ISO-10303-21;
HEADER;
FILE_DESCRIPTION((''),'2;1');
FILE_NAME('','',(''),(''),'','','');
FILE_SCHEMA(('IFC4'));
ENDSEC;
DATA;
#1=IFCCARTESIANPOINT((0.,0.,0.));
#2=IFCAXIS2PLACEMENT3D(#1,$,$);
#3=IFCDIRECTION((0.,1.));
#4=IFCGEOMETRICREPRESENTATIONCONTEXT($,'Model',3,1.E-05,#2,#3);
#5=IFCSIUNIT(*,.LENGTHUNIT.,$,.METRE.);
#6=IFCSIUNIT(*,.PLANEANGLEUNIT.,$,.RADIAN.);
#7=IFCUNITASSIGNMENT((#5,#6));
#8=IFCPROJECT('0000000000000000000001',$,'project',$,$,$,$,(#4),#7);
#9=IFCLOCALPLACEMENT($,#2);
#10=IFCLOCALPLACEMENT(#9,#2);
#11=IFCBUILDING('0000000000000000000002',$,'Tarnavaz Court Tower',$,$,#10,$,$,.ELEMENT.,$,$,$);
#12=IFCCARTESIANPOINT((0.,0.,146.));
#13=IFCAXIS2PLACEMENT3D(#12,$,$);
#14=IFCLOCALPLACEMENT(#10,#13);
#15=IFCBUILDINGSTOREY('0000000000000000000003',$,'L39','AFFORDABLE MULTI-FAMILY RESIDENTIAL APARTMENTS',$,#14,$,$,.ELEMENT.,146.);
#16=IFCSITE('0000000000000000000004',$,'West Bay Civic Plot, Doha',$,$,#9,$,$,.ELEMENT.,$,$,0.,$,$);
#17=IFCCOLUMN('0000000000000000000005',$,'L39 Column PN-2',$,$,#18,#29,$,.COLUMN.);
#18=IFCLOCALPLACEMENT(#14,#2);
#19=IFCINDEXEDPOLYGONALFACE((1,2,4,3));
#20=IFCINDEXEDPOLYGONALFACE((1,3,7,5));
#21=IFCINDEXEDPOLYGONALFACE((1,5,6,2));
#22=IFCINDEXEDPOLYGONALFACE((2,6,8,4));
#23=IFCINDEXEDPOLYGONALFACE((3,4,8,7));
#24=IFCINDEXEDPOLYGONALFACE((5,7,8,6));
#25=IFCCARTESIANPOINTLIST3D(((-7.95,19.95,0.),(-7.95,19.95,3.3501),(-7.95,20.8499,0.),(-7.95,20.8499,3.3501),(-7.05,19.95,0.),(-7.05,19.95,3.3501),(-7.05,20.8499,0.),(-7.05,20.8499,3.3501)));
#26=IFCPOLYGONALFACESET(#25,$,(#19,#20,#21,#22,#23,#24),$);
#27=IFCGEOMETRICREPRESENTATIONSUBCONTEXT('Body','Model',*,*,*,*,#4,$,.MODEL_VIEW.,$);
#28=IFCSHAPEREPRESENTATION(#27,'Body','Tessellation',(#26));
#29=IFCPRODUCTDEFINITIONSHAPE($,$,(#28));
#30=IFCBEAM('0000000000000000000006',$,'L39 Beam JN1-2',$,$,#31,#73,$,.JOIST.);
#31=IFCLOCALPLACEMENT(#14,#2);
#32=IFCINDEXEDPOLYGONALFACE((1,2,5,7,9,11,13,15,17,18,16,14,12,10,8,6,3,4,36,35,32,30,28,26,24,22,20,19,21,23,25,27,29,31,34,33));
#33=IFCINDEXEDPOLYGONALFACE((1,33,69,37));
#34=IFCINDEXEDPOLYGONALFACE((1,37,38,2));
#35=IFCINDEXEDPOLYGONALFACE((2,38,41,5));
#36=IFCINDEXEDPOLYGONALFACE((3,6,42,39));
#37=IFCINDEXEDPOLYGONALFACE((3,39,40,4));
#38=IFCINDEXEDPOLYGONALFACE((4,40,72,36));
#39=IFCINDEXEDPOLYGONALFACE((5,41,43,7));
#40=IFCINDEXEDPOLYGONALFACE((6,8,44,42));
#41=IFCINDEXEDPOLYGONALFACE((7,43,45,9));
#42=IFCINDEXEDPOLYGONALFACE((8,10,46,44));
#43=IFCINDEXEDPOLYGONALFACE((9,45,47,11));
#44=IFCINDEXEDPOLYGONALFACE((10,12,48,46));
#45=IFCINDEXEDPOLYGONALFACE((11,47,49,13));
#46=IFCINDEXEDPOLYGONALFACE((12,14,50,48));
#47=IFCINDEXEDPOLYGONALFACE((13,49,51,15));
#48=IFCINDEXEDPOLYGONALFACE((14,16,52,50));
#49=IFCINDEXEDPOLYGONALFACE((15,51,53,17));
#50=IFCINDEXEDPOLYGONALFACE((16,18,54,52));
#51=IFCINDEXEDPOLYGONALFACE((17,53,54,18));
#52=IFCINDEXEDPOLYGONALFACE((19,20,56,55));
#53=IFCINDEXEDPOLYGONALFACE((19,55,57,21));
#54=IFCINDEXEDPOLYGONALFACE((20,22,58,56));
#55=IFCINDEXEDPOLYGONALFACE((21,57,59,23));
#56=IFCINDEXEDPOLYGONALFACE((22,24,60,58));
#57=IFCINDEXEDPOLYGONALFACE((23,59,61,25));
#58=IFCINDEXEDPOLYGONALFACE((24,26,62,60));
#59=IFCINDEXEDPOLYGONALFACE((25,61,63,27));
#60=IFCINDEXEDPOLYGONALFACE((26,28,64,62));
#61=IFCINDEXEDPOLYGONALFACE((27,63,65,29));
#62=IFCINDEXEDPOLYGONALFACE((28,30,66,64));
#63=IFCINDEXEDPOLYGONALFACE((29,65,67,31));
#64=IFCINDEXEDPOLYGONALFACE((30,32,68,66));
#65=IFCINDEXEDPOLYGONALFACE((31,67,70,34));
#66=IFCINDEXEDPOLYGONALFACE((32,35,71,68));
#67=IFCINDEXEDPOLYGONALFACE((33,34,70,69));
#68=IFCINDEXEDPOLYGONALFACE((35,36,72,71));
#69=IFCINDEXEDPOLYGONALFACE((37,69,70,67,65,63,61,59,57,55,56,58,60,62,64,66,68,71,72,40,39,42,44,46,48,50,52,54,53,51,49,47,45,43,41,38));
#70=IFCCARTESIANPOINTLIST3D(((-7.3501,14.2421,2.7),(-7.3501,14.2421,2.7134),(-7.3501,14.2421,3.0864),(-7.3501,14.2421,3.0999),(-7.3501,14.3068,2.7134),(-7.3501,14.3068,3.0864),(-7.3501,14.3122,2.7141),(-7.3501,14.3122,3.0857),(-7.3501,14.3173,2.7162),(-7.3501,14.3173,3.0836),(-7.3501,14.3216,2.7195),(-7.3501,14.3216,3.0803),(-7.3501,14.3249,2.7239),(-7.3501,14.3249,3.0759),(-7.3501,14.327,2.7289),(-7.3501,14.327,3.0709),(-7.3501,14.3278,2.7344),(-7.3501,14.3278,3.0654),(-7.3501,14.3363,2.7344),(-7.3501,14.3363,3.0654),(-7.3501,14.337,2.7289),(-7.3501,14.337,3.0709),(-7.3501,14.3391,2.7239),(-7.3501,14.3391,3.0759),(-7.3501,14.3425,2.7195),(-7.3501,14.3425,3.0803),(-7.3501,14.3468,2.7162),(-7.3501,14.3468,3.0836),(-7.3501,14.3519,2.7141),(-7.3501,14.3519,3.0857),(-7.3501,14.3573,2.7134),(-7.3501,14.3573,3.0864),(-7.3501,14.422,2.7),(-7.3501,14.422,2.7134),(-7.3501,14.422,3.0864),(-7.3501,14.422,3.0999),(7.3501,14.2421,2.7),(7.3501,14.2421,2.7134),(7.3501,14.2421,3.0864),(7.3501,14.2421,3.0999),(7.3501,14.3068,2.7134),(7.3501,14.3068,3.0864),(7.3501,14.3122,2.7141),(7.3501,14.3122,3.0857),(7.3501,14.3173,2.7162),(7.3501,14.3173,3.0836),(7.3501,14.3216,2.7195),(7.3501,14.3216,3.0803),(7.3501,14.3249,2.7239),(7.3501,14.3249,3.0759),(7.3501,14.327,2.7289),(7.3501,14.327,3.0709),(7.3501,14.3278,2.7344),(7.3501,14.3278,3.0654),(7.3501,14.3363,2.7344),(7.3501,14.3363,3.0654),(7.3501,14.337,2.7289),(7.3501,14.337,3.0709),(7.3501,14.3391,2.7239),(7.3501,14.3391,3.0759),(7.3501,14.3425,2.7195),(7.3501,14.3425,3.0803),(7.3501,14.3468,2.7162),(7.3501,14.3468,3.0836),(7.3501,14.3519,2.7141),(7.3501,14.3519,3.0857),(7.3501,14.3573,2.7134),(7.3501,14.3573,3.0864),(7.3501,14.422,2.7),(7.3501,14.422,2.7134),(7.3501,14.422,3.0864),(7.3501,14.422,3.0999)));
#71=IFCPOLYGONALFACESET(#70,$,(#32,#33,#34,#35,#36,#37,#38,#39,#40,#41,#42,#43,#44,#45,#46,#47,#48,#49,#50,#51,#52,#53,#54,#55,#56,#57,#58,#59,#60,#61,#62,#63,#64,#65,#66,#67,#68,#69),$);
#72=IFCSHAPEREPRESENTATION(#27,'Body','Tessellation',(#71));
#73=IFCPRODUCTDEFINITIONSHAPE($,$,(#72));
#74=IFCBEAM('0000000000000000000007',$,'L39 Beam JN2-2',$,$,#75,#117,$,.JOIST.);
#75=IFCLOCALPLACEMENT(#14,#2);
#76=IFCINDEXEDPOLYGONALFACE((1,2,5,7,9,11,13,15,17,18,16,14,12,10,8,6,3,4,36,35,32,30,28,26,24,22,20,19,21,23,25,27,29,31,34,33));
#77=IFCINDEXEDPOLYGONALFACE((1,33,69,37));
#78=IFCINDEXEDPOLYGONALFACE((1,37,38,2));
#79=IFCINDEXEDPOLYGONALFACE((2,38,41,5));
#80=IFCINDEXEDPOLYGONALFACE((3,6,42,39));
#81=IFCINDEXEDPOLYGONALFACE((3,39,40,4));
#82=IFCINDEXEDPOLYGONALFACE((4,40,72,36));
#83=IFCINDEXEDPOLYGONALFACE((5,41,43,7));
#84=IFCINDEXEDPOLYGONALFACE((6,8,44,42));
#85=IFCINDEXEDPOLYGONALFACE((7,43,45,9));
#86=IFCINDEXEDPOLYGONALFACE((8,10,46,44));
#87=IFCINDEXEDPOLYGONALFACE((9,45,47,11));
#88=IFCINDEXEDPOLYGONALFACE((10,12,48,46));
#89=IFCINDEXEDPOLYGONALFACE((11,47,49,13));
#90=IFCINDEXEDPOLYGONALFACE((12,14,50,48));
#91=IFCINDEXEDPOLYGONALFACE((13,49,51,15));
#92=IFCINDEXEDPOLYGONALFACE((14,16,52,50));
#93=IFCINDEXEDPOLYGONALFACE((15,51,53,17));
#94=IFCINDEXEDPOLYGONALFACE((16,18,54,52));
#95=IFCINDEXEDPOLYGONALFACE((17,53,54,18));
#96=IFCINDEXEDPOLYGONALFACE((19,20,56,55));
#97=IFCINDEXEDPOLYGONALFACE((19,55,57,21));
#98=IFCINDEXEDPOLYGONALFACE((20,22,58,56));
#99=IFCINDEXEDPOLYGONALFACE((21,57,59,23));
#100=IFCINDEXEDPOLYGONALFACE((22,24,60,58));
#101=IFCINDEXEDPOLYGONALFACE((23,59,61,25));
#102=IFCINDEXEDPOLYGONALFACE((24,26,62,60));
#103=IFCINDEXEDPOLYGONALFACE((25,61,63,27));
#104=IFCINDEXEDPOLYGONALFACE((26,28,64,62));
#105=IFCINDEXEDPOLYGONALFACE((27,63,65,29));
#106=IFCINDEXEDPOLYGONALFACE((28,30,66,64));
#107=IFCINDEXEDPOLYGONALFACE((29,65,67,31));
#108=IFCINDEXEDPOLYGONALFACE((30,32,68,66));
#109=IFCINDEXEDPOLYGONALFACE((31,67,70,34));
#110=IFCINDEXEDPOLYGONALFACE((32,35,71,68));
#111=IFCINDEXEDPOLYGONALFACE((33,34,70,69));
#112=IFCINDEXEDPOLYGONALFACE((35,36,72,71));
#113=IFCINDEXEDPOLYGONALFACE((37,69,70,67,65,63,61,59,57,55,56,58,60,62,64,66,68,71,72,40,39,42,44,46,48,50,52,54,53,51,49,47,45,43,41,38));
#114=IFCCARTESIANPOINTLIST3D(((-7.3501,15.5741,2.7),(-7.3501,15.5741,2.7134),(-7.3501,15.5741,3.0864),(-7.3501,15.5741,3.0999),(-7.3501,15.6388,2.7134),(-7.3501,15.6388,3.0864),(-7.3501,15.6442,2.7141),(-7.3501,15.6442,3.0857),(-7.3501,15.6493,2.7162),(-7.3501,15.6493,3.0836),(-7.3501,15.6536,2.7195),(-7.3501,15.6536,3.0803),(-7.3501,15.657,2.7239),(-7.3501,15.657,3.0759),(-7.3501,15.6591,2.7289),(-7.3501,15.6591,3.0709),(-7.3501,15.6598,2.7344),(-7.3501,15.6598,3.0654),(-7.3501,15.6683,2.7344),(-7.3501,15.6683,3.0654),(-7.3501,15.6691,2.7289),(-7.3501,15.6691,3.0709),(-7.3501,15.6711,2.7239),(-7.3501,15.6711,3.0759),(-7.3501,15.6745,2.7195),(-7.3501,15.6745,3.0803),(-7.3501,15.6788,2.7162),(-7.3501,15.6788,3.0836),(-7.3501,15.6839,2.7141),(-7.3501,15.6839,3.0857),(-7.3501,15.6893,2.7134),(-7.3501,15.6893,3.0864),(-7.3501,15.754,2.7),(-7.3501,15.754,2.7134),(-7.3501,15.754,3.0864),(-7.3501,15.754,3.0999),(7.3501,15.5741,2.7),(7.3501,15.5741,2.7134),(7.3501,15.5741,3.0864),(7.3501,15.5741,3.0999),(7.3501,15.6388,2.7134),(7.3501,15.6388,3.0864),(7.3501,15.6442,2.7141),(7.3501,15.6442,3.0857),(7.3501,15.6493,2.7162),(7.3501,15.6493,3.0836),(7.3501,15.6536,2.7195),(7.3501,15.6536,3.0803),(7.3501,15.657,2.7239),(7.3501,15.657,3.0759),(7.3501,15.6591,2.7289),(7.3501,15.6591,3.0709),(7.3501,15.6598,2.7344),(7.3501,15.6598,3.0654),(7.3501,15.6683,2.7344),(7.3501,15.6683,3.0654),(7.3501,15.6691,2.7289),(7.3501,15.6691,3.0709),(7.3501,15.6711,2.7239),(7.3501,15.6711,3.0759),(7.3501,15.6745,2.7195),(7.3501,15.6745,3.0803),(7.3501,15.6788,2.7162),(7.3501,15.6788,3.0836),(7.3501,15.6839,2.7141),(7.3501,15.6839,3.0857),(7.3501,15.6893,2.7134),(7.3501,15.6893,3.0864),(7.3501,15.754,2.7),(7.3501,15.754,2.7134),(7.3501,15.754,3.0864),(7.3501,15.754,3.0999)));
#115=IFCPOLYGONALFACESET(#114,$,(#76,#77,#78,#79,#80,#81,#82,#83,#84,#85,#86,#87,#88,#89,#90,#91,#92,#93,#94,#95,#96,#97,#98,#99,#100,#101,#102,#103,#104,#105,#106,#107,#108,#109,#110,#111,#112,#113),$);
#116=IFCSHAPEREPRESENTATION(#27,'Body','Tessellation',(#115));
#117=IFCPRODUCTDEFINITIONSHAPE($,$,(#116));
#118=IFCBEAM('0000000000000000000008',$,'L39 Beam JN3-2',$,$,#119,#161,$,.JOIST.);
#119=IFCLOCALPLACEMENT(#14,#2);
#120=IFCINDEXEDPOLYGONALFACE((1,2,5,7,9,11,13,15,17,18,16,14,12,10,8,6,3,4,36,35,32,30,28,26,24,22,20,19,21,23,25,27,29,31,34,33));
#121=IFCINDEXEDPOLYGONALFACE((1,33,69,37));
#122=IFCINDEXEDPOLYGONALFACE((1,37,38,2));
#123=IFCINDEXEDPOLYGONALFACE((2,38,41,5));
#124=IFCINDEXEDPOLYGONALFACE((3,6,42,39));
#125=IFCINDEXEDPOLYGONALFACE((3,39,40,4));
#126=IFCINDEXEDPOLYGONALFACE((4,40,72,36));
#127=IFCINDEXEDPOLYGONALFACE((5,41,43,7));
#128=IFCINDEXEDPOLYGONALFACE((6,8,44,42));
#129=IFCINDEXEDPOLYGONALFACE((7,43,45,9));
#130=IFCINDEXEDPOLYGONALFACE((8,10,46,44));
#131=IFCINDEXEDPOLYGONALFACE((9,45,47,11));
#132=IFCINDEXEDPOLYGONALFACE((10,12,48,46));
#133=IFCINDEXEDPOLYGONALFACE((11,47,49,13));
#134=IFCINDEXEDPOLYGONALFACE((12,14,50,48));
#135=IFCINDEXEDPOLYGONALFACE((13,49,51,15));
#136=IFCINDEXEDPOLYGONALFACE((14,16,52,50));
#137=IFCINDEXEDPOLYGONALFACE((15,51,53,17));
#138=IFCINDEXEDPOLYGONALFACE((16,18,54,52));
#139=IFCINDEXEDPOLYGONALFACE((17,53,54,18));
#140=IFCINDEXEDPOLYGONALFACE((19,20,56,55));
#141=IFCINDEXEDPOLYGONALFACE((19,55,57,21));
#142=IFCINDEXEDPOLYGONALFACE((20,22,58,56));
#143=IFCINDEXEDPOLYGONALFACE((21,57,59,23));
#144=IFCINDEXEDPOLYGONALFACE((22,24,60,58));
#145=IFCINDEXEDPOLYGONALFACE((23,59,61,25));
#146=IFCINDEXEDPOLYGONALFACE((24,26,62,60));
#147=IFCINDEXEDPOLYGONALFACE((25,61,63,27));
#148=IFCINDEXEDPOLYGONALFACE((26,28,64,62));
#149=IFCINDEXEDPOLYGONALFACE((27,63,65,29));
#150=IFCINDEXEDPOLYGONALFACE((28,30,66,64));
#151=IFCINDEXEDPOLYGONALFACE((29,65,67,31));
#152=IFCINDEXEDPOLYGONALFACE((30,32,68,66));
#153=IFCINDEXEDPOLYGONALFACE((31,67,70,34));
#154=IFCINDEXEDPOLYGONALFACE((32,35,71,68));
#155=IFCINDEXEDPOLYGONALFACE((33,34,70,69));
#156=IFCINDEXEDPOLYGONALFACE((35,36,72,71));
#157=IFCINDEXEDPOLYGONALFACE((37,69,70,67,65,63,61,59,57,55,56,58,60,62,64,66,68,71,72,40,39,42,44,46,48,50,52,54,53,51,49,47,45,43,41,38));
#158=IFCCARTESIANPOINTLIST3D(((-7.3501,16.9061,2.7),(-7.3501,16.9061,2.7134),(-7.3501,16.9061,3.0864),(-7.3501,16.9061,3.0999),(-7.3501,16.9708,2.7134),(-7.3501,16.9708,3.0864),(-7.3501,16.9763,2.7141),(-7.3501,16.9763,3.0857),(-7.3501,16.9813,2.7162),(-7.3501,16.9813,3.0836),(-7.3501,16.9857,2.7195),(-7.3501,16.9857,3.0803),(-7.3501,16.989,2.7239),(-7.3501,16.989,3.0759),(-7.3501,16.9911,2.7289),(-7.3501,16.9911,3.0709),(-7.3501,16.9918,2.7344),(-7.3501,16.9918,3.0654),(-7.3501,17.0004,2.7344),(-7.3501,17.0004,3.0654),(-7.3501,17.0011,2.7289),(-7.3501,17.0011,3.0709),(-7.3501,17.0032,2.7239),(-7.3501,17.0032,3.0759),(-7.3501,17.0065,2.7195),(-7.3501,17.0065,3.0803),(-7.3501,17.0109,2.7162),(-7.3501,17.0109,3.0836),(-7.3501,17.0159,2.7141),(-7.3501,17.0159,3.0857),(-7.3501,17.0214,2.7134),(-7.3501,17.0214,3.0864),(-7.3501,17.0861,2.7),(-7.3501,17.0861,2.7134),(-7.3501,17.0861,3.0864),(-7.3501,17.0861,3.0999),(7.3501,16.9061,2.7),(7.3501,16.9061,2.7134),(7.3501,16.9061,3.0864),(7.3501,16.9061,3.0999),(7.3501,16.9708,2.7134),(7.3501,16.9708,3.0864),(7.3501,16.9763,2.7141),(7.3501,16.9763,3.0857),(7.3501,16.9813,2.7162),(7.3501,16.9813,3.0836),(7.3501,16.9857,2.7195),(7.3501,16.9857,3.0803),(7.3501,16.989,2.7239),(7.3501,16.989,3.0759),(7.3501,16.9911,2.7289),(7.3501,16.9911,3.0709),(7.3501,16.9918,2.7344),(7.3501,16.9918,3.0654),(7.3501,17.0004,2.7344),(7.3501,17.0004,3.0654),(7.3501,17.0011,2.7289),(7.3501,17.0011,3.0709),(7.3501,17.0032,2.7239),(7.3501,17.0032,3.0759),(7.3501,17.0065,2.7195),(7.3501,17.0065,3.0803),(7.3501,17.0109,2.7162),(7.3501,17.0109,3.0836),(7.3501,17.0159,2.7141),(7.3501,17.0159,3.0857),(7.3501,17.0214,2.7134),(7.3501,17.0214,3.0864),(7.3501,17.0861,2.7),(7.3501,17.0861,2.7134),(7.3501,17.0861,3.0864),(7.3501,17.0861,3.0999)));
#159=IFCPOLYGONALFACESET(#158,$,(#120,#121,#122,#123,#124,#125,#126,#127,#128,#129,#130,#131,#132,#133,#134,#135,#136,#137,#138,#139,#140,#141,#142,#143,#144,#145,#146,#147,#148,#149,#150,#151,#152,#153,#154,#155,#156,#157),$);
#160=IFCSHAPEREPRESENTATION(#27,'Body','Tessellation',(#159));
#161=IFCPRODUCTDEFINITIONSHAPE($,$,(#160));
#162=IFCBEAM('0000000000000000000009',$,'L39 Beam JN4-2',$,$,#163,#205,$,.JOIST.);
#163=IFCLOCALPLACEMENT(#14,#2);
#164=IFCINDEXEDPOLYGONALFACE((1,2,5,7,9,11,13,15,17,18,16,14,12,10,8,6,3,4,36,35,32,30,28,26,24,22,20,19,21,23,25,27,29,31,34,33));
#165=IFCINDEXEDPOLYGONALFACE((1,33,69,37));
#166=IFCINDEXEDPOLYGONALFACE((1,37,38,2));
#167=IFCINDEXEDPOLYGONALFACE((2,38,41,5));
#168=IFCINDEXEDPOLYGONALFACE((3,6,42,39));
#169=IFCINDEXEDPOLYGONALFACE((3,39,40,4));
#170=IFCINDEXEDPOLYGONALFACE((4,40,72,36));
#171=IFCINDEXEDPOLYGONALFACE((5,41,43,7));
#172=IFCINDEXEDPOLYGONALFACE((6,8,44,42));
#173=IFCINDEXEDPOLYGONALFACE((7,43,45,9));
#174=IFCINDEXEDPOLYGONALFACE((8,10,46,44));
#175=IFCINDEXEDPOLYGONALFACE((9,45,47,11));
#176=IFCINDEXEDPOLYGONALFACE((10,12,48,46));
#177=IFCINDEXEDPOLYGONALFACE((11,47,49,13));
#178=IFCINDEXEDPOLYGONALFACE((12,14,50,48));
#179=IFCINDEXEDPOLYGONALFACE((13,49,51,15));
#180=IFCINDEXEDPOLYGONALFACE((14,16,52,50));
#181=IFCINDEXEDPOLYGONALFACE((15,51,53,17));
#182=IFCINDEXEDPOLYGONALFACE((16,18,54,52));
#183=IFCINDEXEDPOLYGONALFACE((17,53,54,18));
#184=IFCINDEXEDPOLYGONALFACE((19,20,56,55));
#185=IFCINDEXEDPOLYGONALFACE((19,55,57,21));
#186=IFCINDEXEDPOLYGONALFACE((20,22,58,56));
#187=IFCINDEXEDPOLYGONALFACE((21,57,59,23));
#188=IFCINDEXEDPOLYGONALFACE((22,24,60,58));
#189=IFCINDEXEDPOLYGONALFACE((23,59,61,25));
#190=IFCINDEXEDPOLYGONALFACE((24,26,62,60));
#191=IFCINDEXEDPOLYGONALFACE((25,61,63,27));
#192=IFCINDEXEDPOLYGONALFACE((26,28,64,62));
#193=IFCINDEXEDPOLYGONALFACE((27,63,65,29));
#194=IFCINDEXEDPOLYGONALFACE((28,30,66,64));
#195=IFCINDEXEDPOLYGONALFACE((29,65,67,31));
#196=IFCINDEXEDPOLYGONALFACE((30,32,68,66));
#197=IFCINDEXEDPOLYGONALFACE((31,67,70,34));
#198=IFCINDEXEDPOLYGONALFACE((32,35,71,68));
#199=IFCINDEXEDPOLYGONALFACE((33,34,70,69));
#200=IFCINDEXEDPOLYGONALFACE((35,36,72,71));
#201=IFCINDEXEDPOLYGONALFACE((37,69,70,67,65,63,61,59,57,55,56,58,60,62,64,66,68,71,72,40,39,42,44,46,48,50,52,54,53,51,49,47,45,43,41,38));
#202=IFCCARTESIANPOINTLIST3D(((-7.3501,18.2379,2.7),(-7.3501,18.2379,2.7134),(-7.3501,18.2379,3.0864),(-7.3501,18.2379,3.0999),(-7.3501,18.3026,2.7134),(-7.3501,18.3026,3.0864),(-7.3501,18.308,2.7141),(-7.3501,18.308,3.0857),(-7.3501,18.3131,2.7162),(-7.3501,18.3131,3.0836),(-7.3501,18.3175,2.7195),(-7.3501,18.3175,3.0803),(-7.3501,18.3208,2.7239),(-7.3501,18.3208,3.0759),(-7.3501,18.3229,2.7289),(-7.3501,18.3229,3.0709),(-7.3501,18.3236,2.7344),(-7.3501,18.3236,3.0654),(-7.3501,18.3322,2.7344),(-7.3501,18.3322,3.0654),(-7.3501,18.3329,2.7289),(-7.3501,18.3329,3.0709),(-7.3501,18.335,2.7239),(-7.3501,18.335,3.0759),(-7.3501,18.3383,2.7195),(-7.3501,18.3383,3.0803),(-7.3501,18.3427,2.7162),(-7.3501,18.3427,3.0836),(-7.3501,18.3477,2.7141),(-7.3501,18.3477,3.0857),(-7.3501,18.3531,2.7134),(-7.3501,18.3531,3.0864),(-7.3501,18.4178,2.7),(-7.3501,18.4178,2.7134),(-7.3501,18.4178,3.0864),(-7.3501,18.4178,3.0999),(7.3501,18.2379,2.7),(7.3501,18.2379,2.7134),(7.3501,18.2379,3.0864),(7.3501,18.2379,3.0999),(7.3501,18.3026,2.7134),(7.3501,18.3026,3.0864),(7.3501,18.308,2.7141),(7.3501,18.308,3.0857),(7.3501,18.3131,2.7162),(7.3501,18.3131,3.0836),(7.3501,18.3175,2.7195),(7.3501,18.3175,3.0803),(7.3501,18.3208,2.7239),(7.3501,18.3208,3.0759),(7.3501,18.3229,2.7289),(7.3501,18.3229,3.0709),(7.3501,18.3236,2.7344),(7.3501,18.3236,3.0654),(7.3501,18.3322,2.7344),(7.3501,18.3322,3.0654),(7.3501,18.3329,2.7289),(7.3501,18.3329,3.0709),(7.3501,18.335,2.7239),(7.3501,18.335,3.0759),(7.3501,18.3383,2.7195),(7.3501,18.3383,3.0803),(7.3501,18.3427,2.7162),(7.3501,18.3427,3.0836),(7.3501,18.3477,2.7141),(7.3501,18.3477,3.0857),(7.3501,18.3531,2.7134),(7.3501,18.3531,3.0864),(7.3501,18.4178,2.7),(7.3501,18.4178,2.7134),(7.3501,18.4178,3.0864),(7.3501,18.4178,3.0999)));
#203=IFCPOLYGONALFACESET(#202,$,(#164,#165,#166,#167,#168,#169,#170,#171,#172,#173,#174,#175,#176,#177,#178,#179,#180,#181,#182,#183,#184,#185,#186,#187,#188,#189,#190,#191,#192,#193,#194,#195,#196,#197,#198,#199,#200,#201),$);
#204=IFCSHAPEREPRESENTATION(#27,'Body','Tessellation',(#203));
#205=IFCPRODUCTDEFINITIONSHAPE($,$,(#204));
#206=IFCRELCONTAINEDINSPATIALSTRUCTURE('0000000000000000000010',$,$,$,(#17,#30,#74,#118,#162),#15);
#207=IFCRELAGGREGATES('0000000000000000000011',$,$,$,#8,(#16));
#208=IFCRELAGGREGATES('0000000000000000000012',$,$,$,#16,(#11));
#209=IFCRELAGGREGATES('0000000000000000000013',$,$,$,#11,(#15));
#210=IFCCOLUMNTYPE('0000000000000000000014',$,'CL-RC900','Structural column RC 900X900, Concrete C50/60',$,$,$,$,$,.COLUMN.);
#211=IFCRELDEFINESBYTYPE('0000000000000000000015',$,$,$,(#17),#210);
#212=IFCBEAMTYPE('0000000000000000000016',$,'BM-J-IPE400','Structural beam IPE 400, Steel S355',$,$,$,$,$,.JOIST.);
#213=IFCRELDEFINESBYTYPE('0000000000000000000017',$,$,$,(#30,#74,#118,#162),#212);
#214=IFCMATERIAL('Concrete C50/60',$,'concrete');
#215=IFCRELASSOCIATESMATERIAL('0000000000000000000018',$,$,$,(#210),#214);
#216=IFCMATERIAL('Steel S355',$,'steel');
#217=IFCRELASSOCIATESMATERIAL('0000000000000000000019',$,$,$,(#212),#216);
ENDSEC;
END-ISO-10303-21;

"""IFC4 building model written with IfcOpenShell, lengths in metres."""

from ifc_helpers import new_model, si_unit, direction, frame, origin, origin_2d, place, context, subcontext, project, spatial, rectangle, i_section, extrude, material, material_profile, profile_set, type_object, element, save


model = new_model("IFC4")

# Units and contexts
model_context = context("Model", 3, precision=1e-05, world=origin(), true_north=direction((0.0, 1.0)))
body_context = subcontext(model_context, "Body", "Model", "MODEL_VIEW")
ifc_project = project(units=[si_unit("LENGTHUNIT", "METRE"), si_unit("PLANEANGLEUNIT", "RADIAN")], contexts=[model_context])

# Site, building, storey
site_placement = place(None, origin())
site = spatial("IfcSite", under=ifc_project, at=site_placement, Name="West Bay Civic Plot, Doha", CompositionType="ELEMENT", RefElevation=0.0)
building_placement = place(site_placement, origin())
building = spatial("IfcBuilding", under=site, at=building_placement, Name="Tarnavaz Court Tower", CompositionType="ELEMENT")
storey_placement = place(building_placement, frame((0.0, 0.0, 146.0)))
storey = spatial("IfcBuildingStorey", under=building, at=storey_placement, Name="L39", Description="AFFORDABLE MULTI-FAMILY RESIDENTIAL APARTMENTS", CompositionType="ELEMENT", Elevation=146.0)

# Column
ifc_material_1 = material(Name="Concrete C50/60", Category="concrete")
ifc_material_profile_1 = material_profile(ifc_material_1, rectangle(XDim=0.8999, YDim=0.8999, at=origin_2d()), Name="RC 900X900")
ifc_profile_set_1 = profile_set([ifc_material_profile_1], Name="Concrete C50/60")
column_type = type_object("IfcColumnType", Name="CL-RC900", Description="Structural column RC 900X900, Concrete C50/60", PredefinedType="COLUMN", material=ifc_profile_set_1)
column_placement = place(storey_placement, frame((-7.5, 20.3999, 0.0), z_axis=(0.0, 0.0, 1.0), x_axis=(1.0, 0.0, 0.0)))
element("IfcColumn", 1, at=column_placement, inside=storey, type_object=column_type, Name="L39 Column PN-2", PredefinedType="COLUMN", context=body_context, shape_type="SweptSolid", body=[
    extrude(rectangle(XDim=0.8999, YDim=0.8999, at=origin_2d()), origin(), (0.0, 0.0, 1.0), 3.3501),
])

# Beams
ifc_material_2 = material(Name="Steel S355", Category="steel")
ifc_material_profile_2 = material_profile(ifc_material_2, i_section(OverallWidth=0.1799, OverallDepth=0.3999, WebThickness=0.0085, FlangeThickness=0.0134, FilletRadius=0.021, at=origin_2d()), Name="IPE 400")
ifc_profile_set_2 = profile_set([ifc_material_profile_2], Name="Steel S355")
beam_type_1 = type_object("IfcBeamType", Name="BM-J-IPE400", Description="Structural beam IPE 400, Steel S355", PredefinedType="JOIST", material=ifc_profile_set_2)
for number, where, z_axis, x_axis, name in (
    (2, (-7.3501, 14.332, 2.8999), (1.0, 0.0, 0.0), (0.0, 1.0, 0.0), "L39 Beam JN1-2"),
    (3, (-7.3501, 15.6641, 2.8999), (1.0, 0.0, 0.0), (0.0, 1.0, 0.0), "L39 Beam JN2-2"),
    (4, (-7.3501, 16.9961, 2.8999), (1.0, 0.0, 0.0), (0.0, 1.0, 0.0), "L39 Beam JN3-2"),
    (5, (-7.3501, 18.3279, 2.8999), (1.0, 0.0, 0.0), (0.0, 1.0, 0.0), "L39 Beam JN4-2"),
):
    element("IfcBeam", number, at=place(storey_placement, frame(where, z_axis=z_axis, x_axis=x_axis)), inside=storey, type_object=beam_type_1, Name=name, PredefinedType="JOIST", context=body_context, shape_type="SweptSolid", body=[
        extrude(i_section(OverallWidth=0.1799, OverallDepth=0.3999, WebThickness=0.0085, FlangeThickness=0.0134, FilletRadius=0.021, at=origin_2d()), origin(), (0.0, 0.0, 1.0), 14.7002),
    ])

save(model, "model.ifc")
